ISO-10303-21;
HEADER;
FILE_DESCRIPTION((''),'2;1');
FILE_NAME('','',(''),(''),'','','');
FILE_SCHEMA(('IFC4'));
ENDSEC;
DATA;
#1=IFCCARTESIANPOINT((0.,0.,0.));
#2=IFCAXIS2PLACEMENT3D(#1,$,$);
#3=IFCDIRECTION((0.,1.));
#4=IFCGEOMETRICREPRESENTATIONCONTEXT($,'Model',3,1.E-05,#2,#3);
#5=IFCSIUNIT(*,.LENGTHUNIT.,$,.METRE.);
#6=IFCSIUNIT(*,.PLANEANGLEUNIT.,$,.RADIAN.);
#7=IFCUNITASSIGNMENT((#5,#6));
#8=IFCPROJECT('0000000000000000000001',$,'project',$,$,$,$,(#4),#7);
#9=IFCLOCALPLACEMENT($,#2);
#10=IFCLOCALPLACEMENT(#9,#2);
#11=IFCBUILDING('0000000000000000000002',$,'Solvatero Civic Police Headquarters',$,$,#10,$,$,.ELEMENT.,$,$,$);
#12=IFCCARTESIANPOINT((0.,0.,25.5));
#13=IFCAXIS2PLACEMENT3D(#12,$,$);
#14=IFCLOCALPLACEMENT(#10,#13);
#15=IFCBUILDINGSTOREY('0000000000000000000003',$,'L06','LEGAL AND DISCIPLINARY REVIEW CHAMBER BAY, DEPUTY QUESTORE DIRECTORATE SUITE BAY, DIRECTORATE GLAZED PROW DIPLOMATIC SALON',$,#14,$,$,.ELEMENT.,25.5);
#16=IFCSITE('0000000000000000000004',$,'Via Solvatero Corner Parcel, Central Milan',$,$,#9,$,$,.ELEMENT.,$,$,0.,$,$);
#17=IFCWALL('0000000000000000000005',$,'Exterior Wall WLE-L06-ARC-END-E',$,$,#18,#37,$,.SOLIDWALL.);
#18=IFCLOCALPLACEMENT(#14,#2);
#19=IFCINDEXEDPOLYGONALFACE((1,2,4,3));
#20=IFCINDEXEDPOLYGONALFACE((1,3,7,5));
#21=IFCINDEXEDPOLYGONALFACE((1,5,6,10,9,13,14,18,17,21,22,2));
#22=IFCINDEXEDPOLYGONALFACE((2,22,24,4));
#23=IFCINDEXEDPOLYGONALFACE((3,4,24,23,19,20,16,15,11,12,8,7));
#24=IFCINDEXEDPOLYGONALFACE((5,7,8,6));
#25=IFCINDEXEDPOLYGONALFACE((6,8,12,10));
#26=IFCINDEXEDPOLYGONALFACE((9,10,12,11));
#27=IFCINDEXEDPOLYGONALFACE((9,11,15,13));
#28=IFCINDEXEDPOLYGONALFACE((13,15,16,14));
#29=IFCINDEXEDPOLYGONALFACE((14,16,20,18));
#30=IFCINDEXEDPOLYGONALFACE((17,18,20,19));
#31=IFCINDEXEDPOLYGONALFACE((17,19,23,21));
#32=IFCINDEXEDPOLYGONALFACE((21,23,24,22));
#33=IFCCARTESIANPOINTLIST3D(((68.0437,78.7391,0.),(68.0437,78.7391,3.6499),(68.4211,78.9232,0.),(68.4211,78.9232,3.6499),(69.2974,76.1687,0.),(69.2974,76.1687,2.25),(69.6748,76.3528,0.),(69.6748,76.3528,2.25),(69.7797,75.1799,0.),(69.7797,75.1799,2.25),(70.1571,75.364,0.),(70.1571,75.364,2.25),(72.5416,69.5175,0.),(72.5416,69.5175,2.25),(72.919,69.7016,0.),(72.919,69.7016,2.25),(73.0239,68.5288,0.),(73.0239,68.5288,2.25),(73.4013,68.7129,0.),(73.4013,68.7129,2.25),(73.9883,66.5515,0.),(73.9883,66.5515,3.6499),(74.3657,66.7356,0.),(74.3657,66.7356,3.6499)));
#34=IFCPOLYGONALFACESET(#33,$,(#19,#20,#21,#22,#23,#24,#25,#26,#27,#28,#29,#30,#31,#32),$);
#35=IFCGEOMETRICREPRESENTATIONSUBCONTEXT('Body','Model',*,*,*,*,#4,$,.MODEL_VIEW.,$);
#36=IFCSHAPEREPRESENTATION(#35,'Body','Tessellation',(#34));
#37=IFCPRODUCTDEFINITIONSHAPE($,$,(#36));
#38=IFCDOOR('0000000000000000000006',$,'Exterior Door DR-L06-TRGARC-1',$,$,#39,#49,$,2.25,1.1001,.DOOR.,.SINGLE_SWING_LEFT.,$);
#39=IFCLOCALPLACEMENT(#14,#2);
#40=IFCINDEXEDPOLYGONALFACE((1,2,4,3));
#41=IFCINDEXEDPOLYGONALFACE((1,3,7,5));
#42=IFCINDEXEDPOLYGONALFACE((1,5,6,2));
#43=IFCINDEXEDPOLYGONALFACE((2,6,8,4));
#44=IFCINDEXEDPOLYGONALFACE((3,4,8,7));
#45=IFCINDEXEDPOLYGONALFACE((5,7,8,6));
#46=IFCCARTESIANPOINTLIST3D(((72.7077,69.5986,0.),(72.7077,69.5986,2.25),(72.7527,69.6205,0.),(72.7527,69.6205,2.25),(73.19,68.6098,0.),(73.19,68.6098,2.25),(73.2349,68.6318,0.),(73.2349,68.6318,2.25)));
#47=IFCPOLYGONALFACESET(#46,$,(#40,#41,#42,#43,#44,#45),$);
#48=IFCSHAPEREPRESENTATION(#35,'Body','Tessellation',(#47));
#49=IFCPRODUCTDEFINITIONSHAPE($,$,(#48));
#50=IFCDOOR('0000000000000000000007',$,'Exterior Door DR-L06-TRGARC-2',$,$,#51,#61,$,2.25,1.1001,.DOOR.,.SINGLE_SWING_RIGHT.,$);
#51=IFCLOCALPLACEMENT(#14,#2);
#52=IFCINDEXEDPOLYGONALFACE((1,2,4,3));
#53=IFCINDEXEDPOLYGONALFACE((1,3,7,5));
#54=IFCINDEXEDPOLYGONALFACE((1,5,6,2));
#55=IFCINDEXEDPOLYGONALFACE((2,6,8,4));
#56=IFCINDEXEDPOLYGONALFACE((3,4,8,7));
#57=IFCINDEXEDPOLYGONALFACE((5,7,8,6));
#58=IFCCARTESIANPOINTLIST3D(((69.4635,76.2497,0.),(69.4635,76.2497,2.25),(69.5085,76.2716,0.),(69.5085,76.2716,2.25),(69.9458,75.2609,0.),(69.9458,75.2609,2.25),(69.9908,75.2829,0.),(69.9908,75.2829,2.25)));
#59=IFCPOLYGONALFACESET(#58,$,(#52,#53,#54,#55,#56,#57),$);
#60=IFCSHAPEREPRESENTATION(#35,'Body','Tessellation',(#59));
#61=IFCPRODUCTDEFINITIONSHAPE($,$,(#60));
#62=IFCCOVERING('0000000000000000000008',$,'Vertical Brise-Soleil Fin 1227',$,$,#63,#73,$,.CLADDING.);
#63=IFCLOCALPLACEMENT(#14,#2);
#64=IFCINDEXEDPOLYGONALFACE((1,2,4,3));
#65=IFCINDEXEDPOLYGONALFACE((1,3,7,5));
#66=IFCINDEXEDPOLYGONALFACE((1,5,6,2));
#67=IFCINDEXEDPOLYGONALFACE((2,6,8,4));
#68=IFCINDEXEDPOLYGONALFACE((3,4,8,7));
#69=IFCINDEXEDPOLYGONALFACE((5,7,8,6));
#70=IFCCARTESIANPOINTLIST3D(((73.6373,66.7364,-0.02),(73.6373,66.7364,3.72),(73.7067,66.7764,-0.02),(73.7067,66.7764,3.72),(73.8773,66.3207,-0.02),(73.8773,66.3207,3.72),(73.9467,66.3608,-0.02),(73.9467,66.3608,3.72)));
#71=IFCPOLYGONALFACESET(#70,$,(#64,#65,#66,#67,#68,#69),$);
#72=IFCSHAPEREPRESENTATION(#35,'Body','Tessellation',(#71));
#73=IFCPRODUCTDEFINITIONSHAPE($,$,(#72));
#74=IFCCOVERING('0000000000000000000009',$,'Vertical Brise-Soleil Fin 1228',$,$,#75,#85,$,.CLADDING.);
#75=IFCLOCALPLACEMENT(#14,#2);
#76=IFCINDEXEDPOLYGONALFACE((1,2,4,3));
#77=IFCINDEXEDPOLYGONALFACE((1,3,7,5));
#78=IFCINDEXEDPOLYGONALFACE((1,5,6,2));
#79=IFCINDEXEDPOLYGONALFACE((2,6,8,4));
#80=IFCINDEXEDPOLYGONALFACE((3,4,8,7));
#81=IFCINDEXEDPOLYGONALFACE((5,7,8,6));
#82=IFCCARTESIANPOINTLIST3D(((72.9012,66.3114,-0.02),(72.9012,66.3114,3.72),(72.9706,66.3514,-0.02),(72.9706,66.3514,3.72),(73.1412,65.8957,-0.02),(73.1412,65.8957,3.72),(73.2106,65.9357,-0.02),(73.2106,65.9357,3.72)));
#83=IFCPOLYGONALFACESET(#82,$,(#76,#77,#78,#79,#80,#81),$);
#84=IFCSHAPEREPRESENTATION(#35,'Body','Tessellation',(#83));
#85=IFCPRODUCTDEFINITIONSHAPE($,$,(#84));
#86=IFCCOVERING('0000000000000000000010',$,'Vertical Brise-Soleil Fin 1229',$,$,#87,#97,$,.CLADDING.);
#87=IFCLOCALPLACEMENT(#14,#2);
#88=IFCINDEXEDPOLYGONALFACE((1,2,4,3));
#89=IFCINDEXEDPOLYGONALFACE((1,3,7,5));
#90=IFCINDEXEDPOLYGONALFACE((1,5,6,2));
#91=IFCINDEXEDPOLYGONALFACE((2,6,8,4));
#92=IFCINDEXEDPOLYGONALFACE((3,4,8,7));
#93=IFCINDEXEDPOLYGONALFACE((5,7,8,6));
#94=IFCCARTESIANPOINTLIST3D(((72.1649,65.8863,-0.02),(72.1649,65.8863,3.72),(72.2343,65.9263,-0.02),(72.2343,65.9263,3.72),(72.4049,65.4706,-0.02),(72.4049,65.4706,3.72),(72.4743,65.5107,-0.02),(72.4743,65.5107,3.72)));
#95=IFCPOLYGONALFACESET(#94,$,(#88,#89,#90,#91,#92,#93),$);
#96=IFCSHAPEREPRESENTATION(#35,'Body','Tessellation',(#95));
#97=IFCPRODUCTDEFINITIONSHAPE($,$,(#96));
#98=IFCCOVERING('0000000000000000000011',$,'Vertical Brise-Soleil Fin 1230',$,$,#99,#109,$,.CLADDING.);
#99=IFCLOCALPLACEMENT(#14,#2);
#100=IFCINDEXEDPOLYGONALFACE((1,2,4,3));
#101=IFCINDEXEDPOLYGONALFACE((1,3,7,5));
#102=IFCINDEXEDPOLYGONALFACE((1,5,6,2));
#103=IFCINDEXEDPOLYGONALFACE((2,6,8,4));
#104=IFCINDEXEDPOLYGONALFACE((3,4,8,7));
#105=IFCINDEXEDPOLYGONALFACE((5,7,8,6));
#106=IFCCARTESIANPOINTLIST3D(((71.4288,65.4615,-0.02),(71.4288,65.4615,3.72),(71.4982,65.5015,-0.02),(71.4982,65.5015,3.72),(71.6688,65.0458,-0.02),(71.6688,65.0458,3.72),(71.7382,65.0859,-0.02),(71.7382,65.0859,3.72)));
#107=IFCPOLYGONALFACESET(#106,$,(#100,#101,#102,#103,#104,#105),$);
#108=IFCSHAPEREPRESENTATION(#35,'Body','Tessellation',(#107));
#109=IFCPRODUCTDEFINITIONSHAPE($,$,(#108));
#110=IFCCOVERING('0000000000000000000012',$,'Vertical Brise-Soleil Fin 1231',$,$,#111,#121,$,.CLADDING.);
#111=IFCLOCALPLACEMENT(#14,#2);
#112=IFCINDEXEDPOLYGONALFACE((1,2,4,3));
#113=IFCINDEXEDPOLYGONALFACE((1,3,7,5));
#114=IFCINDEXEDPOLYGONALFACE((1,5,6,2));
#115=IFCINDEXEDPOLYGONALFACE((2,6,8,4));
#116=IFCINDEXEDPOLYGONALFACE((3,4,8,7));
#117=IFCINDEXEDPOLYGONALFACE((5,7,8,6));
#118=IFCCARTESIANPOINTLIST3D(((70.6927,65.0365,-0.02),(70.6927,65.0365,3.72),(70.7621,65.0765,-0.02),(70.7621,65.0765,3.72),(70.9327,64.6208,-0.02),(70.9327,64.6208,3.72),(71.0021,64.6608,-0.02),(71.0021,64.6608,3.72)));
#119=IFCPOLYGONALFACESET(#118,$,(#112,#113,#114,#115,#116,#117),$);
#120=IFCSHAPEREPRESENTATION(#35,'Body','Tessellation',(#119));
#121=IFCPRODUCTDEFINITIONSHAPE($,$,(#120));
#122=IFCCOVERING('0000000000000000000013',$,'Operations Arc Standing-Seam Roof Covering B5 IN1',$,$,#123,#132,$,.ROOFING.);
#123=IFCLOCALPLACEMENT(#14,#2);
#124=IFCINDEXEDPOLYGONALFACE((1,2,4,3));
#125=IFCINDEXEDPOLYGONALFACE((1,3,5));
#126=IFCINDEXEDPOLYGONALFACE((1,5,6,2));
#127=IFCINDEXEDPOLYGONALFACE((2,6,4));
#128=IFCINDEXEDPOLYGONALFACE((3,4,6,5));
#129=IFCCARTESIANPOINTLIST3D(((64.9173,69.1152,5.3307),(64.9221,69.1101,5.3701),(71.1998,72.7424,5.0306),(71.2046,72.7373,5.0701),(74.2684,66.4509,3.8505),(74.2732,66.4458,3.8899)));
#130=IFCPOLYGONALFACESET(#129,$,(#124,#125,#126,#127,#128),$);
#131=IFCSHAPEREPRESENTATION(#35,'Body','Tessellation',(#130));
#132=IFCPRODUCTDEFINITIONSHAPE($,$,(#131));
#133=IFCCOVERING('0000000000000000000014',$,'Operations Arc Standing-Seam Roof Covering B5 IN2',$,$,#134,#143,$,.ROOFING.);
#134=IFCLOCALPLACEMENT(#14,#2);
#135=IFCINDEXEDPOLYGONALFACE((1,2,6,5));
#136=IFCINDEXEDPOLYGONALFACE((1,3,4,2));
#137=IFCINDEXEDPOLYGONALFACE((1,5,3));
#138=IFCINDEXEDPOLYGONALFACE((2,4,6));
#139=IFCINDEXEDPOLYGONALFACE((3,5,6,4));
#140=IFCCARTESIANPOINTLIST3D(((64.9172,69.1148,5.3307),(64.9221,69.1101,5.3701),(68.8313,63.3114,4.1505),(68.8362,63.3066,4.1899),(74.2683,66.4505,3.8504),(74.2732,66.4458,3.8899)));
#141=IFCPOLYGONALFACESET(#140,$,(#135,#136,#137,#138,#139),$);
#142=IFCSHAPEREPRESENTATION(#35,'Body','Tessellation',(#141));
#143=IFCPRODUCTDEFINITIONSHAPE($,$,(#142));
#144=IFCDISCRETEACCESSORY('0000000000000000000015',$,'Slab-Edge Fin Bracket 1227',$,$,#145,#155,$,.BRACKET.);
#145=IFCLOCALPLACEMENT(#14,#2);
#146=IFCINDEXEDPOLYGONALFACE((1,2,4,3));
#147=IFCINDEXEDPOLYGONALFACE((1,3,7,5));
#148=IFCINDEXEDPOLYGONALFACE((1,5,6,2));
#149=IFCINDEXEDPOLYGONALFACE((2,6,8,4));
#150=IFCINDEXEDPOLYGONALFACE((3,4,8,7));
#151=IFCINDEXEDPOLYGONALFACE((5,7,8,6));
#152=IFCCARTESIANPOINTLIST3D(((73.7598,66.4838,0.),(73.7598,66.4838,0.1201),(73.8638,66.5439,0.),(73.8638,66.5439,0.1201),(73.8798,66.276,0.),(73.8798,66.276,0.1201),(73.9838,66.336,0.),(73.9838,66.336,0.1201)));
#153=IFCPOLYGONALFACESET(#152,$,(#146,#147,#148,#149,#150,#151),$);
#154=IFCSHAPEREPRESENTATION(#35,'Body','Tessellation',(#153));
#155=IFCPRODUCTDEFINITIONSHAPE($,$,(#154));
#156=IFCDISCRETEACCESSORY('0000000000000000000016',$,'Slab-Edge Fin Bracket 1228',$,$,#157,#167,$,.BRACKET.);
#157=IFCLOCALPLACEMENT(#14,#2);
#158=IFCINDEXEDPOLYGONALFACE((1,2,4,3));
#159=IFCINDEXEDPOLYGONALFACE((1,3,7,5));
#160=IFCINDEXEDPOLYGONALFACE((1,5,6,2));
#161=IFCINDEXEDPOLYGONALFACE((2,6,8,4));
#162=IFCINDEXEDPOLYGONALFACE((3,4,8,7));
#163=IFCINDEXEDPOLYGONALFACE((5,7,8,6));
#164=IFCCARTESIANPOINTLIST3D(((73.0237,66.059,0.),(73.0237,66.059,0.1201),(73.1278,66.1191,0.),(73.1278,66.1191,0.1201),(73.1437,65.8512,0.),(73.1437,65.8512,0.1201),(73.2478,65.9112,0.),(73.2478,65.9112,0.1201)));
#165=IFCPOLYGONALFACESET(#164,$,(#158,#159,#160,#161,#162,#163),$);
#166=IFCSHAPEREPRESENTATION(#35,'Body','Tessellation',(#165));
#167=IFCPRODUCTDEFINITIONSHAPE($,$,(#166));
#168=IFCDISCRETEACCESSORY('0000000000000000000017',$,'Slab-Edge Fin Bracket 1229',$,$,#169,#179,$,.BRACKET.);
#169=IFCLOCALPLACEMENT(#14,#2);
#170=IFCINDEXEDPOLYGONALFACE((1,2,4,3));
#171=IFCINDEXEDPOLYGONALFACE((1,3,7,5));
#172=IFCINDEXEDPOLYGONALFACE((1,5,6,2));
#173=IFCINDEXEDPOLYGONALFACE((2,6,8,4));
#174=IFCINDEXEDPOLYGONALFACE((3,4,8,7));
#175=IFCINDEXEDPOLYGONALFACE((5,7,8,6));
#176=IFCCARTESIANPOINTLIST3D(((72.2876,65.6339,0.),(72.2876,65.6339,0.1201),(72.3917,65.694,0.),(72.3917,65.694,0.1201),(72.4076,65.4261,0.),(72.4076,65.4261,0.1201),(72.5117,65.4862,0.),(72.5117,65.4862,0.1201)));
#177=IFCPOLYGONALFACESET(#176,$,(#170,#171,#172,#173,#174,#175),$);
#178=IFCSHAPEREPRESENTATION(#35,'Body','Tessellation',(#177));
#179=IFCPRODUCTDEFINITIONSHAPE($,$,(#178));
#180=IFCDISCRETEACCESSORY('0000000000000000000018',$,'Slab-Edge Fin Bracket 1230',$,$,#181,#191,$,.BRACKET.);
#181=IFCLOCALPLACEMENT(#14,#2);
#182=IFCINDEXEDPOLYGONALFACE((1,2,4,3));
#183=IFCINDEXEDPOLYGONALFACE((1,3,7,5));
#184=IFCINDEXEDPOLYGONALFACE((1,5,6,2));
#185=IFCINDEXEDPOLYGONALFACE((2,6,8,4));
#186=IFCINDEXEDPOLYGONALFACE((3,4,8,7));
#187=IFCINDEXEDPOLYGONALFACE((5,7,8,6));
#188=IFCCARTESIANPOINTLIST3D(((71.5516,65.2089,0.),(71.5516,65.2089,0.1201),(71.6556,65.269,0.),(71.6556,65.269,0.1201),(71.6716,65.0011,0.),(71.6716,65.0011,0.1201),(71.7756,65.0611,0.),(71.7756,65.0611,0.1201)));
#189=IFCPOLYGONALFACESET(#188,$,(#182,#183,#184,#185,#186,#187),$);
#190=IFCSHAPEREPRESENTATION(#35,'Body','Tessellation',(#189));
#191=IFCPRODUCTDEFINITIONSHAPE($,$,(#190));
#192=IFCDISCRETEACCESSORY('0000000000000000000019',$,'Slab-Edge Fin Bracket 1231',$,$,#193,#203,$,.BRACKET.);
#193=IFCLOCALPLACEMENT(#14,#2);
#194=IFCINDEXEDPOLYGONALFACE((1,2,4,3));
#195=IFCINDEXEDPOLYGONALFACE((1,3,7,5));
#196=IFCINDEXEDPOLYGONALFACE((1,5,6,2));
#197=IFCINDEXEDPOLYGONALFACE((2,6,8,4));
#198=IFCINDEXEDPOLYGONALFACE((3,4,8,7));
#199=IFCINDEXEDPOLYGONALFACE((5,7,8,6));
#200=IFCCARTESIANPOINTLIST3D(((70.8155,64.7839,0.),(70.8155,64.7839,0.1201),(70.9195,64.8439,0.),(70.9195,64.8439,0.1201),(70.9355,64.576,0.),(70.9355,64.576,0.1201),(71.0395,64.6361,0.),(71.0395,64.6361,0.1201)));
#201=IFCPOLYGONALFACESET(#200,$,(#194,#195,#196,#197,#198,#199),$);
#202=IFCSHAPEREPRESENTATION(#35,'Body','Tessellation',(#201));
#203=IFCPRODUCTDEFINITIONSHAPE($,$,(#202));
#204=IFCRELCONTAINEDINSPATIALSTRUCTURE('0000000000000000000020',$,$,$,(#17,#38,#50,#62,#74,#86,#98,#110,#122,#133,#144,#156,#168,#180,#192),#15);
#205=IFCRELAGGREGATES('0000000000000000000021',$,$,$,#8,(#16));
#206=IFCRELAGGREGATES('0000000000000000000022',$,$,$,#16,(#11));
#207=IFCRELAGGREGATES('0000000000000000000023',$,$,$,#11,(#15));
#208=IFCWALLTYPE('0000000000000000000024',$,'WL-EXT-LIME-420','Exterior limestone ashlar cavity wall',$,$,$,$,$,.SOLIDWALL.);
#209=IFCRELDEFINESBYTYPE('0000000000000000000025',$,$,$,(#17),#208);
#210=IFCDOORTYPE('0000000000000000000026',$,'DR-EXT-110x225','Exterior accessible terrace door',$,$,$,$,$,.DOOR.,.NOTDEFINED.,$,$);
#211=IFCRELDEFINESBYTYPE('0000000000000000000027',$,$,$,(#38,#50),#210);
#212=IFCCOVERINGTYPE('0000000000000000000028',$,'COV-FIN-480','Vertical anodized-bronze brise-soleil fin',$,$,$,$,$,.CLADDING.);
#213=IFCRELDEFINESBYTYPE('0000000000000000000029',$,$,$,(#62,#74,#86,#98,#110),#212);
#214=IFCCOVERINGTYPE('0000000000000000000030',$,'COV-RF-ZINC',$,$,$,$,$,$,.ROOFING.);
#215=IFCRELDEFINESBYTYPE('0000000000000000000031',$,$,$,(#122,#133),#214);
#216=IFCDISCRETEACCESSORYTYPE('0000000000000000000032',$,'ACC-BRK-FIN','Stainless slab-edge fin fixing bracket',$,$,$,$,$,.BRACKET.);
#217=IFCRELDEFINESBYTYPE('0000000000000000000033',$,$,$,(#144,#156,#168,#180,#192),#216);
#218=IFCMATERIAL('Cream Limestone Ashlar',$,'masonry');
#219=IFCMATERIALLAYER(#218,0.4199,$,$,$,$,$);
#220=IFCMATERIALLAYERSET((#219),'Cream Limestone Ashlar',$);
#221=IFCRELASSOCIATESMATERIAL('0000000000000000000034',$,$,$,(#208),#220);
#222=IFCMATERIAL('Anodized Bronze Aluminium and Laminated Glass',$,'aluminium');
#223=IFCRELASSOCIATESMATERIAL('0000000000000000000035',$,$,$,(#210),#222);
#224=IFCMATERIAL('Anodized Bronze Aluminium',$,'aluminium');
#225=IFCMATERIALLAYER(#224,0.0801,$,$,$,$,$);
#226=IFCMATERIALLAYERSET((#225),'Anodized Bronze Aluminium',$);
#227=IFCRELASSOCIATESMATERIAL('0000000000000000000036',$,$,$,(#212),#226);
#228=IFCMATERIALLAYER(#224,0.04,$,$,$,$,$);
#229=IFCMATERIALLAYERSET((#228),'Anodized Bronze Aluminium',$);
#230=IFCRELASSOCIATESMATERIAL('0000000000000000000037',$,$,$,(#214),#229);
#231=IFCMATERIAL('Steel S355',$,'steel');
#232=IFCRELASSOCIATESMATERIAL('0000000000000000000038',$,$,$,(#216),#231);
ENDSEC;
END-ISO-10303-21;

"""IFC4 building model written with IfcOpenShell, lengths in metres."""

from ifc_helpers import new_model, si_unit, direction, frame, frame_2d, origin, origin_2d, place, context, subcontext, project, spatial, polyline, rectangle, outline, extrude, material, layer, layer_set, type_object, element, fill, save


model = new_model("IFC4")

# Units and contexts
model_context = context("Model", 3, precision=1e-05, world=origin(), true_north=direction((0.0, 1.0)))
body_context = subcontext(model_context, "Body", "Model", "MODEL_VIEW")
ifc_project = project(units=[si_unit("LENGTHUNIT", "METRE"), si_unit("PLANEANGLEUNIT", "RADIAN")], contexts=[model_context])

# Site, building, storey
site_placement = place(None, origin())
site = spatial("IfcSite", under=ifc_project, at=site_placement, Name="Via Solvatero Corner Parcel, Central Milan", CompositionType="ELEMENT", RefElevation=0.0)
building_placement = place(site_placement, origin())
building = spatial("IfcBuilding", under=site, at=building_placement, Name="Solvatero Civic Police Headquarters", CompositionType="ELEMENT")
storey_placement = place(building_placement, frame((0.0, 0.0, 25.5)))
storey = spatial("IfcBuildingStorey", under=building, at=storey_placement, Name="L06", Description="LEGAL AND DISCIPLINARY REVIEW CHAMBER BAY, DEPUTY QUESTORE DIRECTORATE SUITE BAY, DIRECTORATE GLAZED PROW DIPLOMATIC SALON", CompositionType="ELEMENT", Elevation=25.5)

# Shared definitions
ifc_material_1 = material(Name="Steel S355", Category="steel")

# Shared definitions
ifc_material_2 = material(Name="Anodized Bronze Aluminium", Category="aluminium")

# Wall, openings, doors
ifc_material_3 = material(Name="Cream Limestone Ashlar", Category="masonry")
ifc_layer_1 = layer(ifc_material_3, 0.4199)
ifc_layer_set_1 = layer_set([ifc_layer_1], Name="Cream Limestone Ashlar")
wall_type = type_object("IfcWallType", Name="WL-EXT-LIME-420", Description="Exterior limestone ashlar cavity wall", PredefinedType="SOLIDWALL", material=ifc_layer_set_1)
wall_placement = place(storey_placement, frame((74.177, 66.6436, 0.0), z_axis=(0.0, 0.0, 1.0), x_axis=(-0.438391, 0.898784, 0.0)))
wall = element("IfcWall", 1, at=wall_placement, inside=storey, type_object=wall_type, Name="Exterior Wall WLE-L06-ARC-END-E", PredefinedType="SOLIDWALL", context=body_context, shape_type="SweptSolid", body=[
    extrude(rectangle(XDim=13.5601, YDim=0.4199, at=frame_2d((6.78, 0.0))), origin(), (0.0, 0.0, 1.0), 3.6499),
])
opening_1_placement = place(wall_placement, frame((3.3, 0.0, 0.0), z_axis=(0.0, 0.0, 1.0), x_axis=(-1.0, 0.0, 0.0)))
opening_1 = element("IfcOpeningElement", 2, at=opening_1_placement, cuts=wall, PredefinedType="OPENING", context=body_context, shape_type="SweptSolid", body=[
    extrude(rectangle(XDim=1.1001, YDim=2.25, at=frame_2d((0.55, 1.125))), frame((0.0, 0.22, 0.0), z_axis=(0.0, -1.0, 0.0), x_axis=(1.0, 0.0, 0.0)), (0.0, 0.0, 1.0), 0.4399),
])
opening_2_placement = place(wall_placement, frame((10.7002, 0.0, 0.0), z_axis=(0.0, 0.0, 1.0), x_axis=(-1.0, 0.0, 0.0)))
opening_2 = element("IfcOpeningElement", 3, at=opening_2_placement, cuts=wall, PredefinedType="OPENING", context=body_context, shape_type="SweptSolid", body=[
    extrude(rectangle(XDim=1.1001, YDim=2.25, at=frame_2d((0.55, 1.125))), frame((0.0, 0.22, 0.0), z_axis=(0.0, -1.0, 0.0), x_axis=(1.0, 0.0, 0.0)), (0.0, 0.0, 1.0), 0.4399),
])
ifc_material_4 = material(Name="Anodized Bronze Aluminium and Laminated Glass", Category="aluminium")
door_type = type_object("IfcDoorType", Name="DR-EXT-110x225", Description="Exterior accessible terrace door", OperationType="NOTDEFINED", PredefinedType="DOOR", material=ifc_material_4)
door_1_placement = place(opening_1_placement, origin())
door_1 = element("IfcDoor", 4, at=door_1_placement, inside=storey, type_object=door_type, Name="Exterior Door DR-L06-TRGARC-1", OperationType="SINGLE_SWING_LEFT", OverallHeight=2.25, OverallWidth=1.1001, PredefinedType="DOOR", context=body_context, shape_type="SweptSolid", body=[
    extrude(rectangle(XDim=1.1001, YDim=2.25, at=frame_2d((0.55, 1.125))), frame((0.0, 0.0249, 0.0), z_axis=(0.0, -1.0, 0.0), x_axis=(1.0, 0.0, 0.0)), (0.0, 0.0, 1.0), 0.05),
])
fill(opening_1, door_1)
door_2_placement = place(opening_2_placement, origin())
door_2 = element("IfcDoor", 5, at=door_2_placement, inside=storey, type_object=door_type, Name="Exterior Door DR-L06-TRGARC-2", OperationType="SINGLE_SWING_RIGHT", OverallHeight=2.25, OverallWidth=1.1001, PredefinedType="DOOR", context=body_context, shape_type="SweptSolid", body=[
    extrude(rectangle(XDim=1.1001, YDim=2.25, at=frame_2d((0.55, 1.125))), frame((0.0, 0.0249, 0.0), z_axis=(0.0, -1.0, 0.0), x_axis=(1.0, 0.0, 0.0)), (0.0, 0.0, 1.0), 0.05),
])
fill(opening_2, door_2)

# Coverings
ifc_layer_2 = layer(ifc_material_2, 0.0801)
ifc_layer_set_2 = layer_set([ifc_layer_2], Name="Anodized Bronze Aluminium")
covering_type_1 = type_object("IfcCoveringType", Name="COV-FIN-480", Description="Vertical anodized-bronze brise-soleil fin", PredefinedType="CLADDING", material=ifc_layer_set_2)
for number, where, z_axis, x_axis, name in (
    (6, (73.792, 66.5486, -0.02), (0.0, 0.0, 1.0), (-0.866025, -0.5, 0.0), "Vertical Brise-Soleil Fin 1227"),
    (7, (73.0559, 66.1235, -0.02), (0.0, 0.0, 1.0), (-0.866025, -0.5, 0.0), "Vertical Brise-Soleil Fin 1228"),
    (8, (72.3196, 65.6985, -0.02), (0.0, 0.0, 1.0), (-0.866025, -0.5, 0.0), "Vertical Brise-Soleil Fin 1229"),
    (9, (71.5835, 65.2737, -0.02), (0.0, 0.0, 1.0), (-0.866025, -0.5, 0.0), "Vertical Brise-Soleil Fin 1230"),
    (10, (70.8474, 64.8486, -0.02), (0.0, 0.0, 1.0), (-0.866025, -0.5, 0.0), "Vertical Brise-Soleil Fin 1231"),
):
    element("IfcCovering", number, at=place(storey_placement, frame(where, z_axis=z_axis, x_axis=x_axis)), inside=storey, type_object=covering_type_1, Name=name, PredefinedType="CLADDING", context=body_context, shape_type="SweptSolid", body=[
        extrude(rectangle(XDim=0.0801, YDim=0.48, at=origin_2d()), origin(), (0.0, 0.0, 1.0), 3.74),
    ])
ifc_layer_3 = layer(ifc_material_2, 0.04)
ifc_layer_set_3 = layer_set([ifc_layer_3], Name="Anodized Bronze Aluminium")
covering_type_2 = type_object("IfcCoveringType", Name="COV-RF-ZINC", PredefinedType="ROOFING", material=ifc_layer_set_3)
covering_1_placement = place(storey_placement, frame((74.2732, 66.4458, 3.8899), z_axis=(0.119911, -0.126232, 0.984727), x_axis=(-0.432274, 0.886284, 0.166251)))
element("IfcCovering", 11, at=covering_1_placement, inside=storey, type_object=covering_type_2, Name="Operations Arc Standing-Seam Roof Covering B5 IN1", PredefinedType="ROOFING", context=body_context, shape_type="SweptSolid", body=[
    extrude(outline(polyline([(0.0, 0.0), (7.0987, 0.0), (6.6496, 7.2467), (0.0, 0.0)])), origin(), (0.0, 0.0, -1.0), 0.04),
])
covering_2_placement = place(storey_placement, frame((74.2732, 66.4458, 3.8899), z_axis=(0.122419, -0.117836, 0.985458), x_axis=(-0.950771, 0.270894, 0.150502)))
element("IfcCovering", 12, at=covering_2_placement, inside=storey, type_object=covering_type_2, Name="Operations Arc Standing-Seam Roof Covering B5 IN2", PredefinedType="ROOFING", context=body_context, shape_type="SweptSolid", body=[
    extrude(outline(polyline([(0.0, 0.0), (9.8353, 0.0), (4.3641, 4.5232), (0.0, 0.0)])), origin(), (0.0, 0.0, -1.0), 0.04),
])

# Discrete accessories
discrete_accessory_type = type_object("IfcDiscreteAccessoryType", Name="ACC-BRK-FIN", Description="Stainless slab-edge fin fixing bracket", PredefinedType="BRACKET", material=ifc_material_1)
for number, where, z_axis, x_axis, name in (
    (13, (73.8718, 66.4099, 0.0), (0.0, 0.0, 1.0), (-0.866025, -0.5, 0.0), "Slab-Edge Fin Bracket 1227"),
    (14, (73.1357, 65.9851, 0.0), (0.0, 0.0, 1.0), (-0.866025, -0.5, 0.0), "Slab-Edge Fin Bracket 1228"),
    (15, (72.3997, 65.5601, 0.0), (0.0, 0.0, 1.0), (-0.866025, -0.5, 0.0), "Slab-Edge Fin Bracket 1229"),
    (16, (71.6636, 65.135, 0.0), (0.0, 0.0, 1.0), (-0.866025, -0.5, 0.0), "Slab-Edge Fin Bracket 1230"),
    (17, (70.9275, 64.71, 0.0), (0.0, 0.0, 1.0), (-0.866025, -0.5, 0.0), "Slab-Edge Fin Bracket 1231"),
):
    element("IfcDiscreteAccessory", number, at=place(storey_placement, frame(where, z_axis=z_axis, x_axis=x_axis)), inside=storey, type_object=discrete_accessory_type, Name=name, PredefinedType="BRACKET", context=body_context, shape_type="SweptSolid", body=[
        extrude(rectangle(XDim=0.1201, YDim=0.24, at=origin_2d()), origin(), (0.0, 0.0, 1.0), 0.1201),
    ])

save(model, "model.ifc")
